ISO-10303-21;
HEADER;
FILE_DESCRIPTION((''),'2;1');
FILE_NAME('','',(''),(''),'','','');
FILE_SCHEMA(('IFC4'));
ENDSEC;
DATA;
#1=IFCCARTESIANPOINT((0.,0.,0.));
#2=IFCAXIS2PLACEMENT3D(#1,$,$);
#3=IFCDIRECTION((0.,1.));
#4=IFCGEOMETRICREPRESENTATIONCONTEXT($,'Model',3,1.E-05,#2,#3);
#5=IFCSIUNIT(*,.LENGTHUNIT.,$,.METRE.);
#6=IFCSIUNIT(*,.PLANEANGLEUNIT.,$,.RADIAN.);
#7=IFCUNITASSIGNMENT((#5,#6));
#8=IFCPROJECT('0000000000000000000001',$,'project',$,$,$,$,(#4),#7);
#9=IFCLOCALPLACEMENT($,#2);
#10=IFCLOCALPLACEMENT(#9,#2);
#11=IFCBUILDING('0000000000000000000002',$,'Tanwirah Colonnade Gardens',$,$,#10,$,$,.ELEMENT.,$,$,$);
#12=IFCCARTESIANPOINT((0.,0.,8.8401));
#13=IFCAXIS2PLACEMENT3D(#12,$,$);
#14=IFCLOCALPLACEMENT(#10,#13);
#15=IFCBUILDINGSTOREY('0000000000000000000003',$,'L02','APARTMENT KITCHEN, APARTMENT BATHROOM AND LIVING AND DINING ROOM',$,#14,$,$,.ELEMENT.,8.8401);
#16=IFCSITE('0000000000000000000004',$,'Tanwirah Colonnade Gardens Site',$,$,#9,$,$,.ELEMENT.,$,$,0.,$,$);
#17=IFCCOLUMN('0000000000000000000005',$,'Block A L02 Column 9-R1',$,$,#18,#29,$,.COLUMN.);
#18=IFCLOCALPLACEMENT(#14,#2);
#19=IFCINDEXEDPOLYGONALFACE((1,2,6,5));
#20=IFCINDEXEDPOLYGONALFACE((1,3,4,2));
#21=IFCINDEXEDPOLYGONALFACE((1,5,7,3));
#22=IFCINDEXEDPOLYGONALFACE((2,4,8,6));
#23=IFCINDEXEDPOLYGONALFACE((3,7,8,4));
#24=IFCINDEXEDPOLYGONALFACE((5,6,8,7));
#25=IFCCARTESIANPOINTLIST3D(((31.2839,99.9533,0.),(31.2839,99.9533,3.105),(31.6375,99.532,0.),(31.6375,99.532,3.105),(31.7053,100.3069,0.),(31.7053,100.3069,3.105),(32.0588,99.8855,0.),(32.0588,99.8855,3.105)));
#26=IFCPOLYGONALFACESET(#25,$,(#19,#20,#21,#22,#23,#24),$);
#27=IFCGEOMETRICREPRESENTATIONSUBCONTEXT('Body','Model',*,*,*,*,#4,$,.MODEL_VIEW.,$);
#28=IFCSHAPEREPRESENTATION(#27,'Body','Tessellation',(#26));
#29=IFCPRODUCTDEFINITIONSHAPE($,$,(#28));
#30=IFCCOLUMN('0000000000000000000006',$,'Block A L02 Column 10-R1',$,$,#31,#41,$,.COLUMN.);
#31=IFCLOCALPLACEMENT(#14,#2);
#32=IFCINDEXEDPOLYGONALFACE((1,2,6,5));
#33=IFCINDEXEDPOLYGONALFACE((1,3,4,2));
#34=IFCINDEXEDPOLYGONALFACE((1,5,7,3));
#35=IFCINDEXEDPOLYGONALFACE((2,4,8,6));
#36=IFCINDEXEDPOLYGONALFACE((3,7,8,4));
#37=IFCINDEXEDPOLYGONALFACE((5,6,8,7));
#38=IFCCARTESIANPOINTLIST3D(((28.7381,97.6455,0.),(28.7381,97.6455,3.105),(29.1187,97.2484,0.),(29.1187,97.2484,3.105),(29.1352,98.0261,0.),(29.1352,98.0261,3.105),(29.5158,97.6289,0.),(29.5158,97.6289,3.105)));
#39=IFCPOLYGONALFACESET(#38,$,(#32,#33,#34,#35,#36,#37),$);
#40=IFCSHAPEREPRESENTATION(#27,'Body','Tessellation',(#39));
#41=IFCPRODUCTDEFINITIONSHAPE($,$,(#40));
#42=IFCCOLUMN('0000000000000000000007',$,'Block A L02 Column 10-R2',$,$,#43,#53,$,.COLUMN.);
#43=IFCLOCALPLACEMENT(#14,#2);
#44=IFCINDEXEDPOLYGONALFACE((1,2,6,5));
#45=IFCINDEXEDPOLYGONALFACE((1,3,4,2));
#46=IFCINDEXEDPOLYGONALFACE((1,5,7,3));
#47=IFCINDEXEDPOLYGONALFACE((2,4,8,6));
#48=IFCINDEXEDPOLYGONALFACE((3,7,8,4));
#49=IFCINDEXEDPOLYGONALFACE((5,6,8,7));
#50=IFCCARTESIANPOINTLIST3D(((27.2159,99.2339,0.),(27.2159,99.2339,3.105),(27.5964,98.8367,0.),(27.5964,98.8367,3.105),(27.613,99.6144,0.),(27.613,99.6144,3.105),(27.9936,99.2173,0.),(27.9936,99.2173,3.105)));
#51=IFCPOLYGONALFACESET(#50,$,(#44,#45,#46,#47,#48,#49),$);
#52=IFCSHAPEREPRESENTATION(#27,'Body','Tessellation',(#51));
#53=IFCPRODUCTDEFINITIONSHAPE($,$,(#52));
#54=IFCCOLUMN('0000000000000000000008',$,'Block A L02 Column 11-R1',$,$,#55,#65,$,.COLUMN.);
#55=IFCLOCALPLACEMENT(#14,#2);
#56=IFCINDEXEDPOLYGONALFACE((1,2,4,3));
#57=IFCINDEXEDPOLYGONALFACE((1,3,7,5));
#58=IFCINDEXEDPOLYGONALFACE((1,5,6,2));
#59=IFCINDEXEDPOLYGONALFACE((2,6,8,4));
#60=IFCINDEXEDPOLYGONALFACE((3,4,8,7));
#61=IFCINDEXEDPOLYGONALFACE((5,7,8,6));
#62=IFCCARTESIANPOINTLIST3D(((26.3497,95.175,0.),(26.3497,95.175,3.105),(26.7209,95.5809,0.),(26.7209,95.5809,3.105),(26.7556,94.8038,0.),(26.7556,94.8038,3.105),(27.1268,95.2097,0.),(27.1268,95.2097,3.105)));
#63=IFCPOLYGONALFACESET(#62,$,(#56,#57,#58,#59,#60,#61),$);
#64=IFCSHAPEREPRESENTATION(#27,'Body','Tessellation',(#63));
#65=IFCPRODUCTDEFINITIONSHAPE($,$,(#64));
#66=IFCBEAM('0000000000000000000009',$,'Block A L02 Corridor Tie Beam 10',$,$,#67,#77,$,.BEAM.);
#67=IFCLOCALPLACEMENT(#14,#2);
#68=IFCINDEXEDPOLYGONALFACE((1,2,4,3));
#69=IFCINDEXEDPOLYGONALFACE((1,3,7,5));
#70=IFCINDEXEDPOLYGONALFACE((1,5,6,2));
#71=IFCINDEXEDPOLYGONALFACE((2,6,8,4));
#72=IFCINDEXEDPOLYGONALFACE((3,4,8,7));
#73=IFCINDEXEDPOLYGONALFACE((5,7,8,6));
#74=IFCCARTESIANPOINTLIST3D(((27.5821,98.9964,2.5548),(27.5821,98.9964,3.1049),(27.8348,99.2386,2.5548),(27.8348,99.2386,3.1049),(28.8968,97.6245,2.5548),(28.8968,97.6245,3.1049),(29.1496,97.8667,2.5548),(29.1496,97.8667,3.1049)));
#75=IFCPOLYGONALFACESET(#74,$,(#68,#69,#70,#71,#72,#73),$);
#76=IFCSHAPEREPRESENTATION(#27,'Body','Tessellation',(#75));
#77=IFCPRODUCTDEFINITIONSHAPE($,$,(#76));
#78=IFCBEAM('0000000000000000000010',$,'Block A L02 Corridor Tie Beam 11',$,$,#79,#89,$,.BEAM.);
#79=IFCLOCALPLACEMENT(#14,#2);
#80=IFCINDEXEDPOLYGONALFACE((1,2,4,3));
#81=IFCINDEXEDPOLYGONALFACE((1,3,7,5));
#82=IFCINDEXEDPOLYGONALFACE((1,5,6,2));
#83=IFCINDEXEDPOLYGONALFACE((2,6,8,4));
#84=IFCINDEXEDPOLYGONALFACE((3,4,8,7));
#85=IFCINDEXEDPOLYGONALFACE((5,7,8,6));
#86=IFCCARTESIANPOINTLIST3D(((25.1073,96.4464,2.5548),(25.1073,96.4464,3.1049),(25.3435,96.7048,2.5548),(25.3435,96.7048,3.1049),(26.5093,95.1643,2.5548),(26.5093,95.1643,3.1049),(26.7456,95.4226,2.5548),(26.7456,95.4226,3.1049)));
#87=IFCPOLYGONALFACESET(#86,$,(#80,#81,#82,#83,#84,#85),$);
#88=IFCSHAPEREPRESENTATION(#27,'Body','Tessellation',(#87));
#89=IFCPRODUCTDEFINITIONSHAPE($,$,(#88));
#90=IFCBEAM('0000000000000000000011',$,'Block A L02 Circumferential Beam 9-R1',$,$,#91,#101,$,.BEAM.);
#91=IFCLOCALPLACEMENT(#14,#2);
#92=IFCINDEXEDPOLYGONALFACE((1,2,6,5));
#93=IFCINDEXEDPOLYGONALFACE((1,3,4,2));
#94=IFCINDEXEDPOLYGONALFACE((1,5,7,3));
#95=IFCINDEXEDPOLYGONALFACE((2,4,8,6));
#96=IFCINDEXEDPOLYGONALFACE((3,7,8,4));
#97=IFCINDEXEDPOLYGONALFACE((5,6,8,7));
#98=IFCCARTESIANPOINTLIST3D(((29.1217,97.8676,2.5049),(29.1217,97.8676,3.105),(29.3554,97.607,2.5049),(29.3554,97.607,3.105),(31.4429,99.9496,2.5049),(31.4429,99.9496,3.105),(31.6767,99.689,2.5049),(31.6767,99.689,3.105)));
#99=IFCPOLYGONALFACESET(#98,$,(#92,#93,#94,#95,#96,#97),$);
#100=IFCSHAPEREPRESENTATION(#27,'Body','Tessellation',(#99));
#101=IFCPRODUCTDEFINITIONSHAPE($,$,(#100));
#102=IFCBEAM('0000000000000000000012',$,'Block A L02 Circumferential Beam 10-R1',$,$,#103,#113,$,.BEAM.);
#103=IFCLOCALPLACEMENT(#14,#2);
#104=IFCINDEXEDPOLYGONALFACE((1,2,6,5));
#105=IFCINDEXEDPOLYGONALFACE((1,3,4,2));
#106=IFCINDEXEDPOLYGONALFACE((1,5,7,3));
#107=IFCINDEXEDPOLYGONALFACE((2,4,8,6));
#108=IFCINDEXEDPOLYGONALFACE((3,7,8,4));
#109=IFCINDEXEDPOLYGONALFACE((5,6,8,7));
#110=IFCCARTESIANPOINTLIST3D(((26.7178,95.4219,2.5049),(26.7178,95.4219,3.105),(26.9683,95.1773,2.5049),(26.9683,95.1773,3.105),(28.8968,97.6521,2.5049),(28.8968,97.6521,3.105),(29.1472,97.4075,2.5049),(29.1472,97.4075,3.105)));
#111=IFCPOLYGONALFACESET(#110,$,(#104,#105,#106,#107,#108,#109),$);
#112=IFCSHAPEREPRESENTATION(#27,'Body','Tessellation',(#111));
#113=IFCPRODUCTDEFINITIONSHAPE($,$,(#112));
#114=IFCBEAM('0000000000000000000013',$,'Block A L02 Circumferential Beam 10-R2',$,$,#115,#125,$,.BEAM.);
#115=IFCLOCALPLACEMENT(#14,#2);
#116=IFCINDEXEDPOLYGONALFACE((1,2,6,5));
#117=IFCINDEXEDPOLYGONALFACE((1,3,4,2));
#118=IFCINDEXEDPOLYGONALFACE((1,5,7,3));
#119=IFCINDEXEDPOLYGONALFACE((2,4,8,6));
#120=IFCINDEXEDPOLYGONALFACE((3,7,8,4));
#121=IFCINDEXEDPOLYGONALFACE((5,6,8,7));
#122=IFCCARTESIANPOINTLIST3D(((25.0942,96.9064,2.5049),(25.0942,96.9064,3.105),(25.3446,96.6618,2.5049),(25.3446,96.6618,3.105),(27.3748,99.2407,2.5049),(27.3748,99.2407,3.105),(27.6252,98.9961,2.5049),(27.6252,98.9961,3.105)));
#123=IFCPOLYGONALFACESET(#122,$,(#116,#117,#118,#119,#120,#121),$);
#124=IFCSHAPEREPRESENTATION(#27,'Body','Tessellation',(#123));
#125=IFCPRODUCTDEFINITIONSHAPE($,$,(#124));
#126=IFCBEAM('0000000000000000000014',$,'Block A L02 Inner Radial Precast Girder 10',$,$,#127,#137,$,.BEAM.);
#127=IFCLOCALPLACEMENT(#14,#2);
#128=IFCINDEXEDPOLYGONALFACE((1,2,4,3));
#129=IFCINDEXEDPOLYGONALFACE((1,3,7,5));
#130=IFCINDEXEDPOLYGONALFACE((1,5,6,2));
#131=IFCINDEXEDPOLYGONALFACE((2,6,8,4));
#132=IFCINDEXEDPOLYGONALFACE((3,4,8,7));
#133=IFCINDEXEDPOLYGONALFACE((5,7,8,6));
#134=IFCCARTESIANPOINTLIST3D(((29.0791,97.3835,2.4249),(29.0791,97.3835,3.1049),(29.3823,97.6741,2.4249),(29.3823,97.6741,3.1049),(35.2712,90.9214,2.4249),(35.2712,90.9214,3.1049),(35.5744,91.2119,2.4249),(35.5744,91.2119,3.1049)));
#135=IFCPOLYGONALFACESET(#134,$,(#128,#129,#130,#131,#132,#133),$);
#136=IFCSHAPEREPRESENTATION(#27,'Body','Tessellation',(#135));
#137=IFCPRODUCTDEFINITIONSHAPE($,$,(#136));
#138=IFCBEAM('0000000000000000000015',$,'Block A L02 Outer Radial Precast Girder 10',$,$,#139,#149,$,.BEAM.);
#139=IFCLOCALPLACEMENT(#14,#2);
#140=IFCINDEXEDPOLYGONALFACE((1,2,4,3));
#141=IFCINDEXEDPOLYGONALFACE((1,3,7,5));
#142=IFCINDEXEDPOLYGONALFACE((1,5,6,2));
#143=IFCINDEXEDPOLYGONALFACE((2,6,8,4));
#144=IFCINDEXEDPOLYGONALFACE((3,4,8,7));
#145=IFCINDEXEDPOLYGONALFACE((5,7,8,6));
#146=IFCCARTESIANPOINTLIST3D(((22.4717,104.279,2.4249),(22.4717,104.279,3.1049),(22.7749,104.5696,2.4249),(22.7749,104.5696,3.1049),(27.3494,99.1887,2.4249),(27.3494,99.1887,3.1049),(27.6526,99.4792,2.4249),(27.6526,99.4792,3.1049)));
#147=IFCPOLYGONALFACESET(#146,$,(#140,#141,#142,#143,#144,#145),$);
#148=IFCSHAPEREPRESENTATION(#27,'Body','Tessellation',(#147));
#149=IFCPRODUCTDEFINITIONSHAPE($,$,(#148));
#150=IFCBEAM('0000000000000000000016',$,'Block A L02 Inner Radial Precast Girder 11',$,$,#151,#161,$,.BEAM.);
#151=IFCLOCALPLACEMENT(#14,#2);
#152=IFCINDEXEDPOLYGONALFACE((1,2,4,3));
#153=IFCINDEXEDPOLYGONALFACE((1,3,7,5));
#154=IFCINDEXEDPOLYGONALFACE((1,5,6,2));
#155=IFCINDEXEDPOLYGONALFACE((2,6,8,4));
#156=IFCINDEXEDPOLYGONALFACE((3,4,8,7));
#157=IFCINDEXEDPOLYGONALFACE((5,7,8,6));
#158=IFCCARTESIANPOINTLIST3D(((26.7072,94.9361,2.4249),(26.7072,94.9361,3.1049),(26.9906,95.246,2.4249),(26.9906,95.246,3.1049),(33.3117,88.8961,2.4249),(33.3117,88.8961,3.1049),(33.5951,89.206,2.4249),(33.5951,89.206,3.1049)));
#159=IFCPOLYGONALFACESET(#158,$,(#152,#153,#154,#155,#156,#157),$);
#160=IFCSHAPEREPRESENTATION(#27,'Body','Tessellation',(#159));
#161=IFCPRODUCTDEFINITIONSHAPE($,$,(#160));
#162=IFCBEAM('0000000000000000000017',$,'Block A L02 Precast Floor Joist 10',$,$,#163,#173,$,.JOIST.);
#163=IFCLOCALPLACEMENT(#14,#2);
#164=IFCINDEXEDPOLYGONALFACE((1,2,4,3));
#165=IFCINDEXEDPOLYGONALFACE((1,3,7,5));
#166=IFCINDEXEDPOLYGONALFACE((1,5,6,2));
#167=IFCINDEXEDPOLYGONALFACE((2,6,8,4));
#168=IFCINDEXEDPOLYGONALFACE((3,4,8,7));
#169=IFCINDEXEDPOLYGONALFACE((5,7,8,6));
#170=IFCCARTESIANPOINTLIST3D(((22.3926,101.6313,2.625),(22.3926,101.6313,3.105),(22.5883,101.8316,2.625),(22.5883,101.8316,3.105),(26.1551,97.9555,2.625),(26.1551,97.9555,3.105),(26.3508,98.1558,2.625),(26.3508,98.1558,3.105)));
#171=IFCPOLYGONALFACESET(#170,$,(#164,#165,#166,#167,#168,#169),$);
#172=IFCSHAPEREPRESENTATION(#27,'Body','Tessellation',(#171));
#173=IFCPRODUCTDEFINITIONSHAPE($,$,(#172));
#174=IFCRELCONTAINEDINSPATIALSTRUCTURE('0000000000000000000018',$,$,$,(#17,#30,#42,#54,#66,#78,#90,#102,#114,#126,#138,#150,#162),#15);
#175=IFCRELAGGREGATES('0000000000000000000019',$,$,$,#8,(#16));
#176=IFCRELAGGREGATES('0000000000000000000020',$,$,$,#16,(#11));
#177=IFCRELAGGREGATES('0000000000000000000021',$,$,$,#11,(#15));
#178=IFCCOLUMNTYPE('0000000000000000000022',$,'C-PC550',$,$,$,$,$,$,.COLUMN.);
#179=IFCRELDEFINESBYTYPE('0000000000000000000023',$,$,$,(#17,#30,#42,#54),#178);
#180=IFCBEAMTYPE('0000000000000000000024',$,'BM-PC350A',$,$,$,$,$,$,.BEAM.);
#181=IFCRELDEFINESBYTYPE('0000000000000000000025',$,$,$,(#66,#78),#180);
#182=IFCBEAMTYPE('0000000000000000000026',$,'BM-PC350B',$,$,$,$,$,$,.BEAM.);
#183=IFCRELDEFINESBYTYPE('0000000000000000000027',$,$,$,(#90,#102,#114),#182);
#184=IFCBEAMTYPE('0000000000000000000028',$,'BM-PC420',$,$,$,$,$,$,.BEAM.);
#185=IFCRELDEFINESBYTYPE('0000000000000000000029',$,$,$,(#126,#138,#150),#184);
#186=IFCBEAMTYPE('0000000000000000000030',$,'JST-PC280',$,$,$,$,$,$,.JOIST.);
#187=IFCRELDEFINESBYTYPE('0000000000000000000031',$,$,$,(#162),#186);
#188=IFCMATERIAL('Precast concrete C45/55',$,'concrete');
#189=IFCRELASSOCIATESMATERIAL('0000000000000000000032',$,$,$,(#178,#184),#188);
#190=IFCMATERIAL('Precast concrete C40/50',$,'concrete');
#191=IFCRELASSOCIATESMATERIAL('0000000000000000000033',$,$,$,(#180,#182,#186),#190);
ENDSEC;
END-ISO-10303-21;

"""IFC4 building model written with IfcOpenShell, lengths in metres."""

from ifc_helpers import new_model, si_unit, direction, frame, origin, origin_2d, place, context, subcontext, project, spatial, rectangle, extrude, material, material_profile, profile_set, type_object, element, save


model = new_model("IFC4")

# Units and contexts
model_context = context("Model", 3, precision=1e-05, world=origin(), true_north=direction((0.0, 1.0)))
body_context = subcontext(model_context, "Body", "Model", "MODEL_VIEW")
ifc_project = project(units=[si_unit("LENGTHUNIT", "METRE"), si_unit("PLANEANGLEUNIT", "RADIAN")], contexts=[model_context])

# Site, building, storey
site_placement = place(None, origin())
site = spatial("IfcSite", under=ifc_project, at=site_placement, Name="Tanwirah Colonnade Gardens Site", CompositionType="ELEMENT", RefElevation=0.0)
building_placement = place(site_placement, origin())
building = spatial("IfcBuilding", under=site, at=building_placement, Name="Tanwirah Colonnade Gardens", CompositionType="ELEMENT")
storey_placement = place(building_placement, frame((0.0, 0.0, 8.8401)))
storey = spatial("IfcBuildingStorey", under=building, at=storey_placement, Name="L02", Description="APARTMENT KITCHEN, APARTMENT BATHROOM AND LIVING AND DINING ROOM", CompositionType="ELEMENT", Elevation=8.8401)

# Columns
ifc_material_1 = material(Name="Precast concrete C45/55", Category="concrete")
ifc_material_profile_1 = material_profile(ifc_material_1, rectangle(XDim=0.55, YDim=0.55, at=origin_2d()), Name="PC-COL 550x550")
ifc_profile_set_1 = profile_set([ifc_material_profile_1], Name="Precast concrete C45/55")
column_type = type_object("IfcColumnType", Name="C-PC550", PredefinedType="COLUMN", material=ifc_profile_set_1)
for number, where, z_axis, x_axis, name in (
    (1, (31.6714, 99.9194, 0.0), (0.0, 0.0, 1.0), (-0.642788, 0.766044, 0.0), "Block A L02 Column 9-R1"),
    (2, (29.127, 97.6372, 0.0), (0.0, 0.0, 1.0), (-0.691863, 0.722029, 0.0), "Block A L02 Column 10-R1"),
    (3, (27.6047, 99.2256, 0.0), (0.0, 0.0, 1.0), (-0.691863, 0.722029, 0.0), "Block A L02 Column 10-R2"),
    (4, (26.7383, 95.1924, 0.0), (0.0, 0.0, 1.0), (-0.737932, 0.674875, 0.0), "Block A L02 Column 11-R1"),
):
    element("IfcColumn", number, at=place(storey_placement, frame(where, z_axis=z_axis, x_axis=x_axis)), inside=storey, type_object=column_type, Name=name, PredefinedType="COLUMN", context=body_context, shape_type="SweptSolid", body=[
        extrude(rectangle(XDim=0.55, YDim=0.55, at=origin_2d()), origin(), (0.0, 0.0, 1.0), 3.105),
    ])

# Beams
ifc_material_2 = material(Name="Precast concrete C40/50", Category="concrete")
ifc_material_profile_2 = material_profile(ifc_material_2, rectangle(XDim=0.3501, YDim=0.55, at=origin_2d()), Name="PC-BM 350x550")
ifc_profile_set_2 = profile_set([ifc_material_profile_2], Name="Precast concrete C40/50")
beam_type_1 = type_object("IfcBeamType", Name="BM-PC350A", PredefinedType="BEAM", material=ifc_profile_set_2)
beam_1_placement = place(storey_placement, frame((29.0232, 97.7456, 2.8298), z_axis=(-0.691914, 0.72198, 0.0), x_axis=(-0.72198, -0.691914, 0.0)))
element("IfcBeam", 5, at=beam_1_placement, inside=storey, type_object=beam_type_1, Name="Block A L02 Corridor Tie Beam 10", PredefinedType="BEAM", context=body_context, shape_type="SweptSolid", body=[
    extrude(rectangle(XDim=0.3501, YDim=0.55, at=origin_2d()), origin(), (0.0, 0.0, 1.0), 1.9001),
])
beam_2_placement = place(storey_placement, frame((26.6274, 95.2935, 2.8298), z_axis=(-0.737948, 0.674857, 0.0), x_axis=(-0.674857, -0.737948, 0.0)))
element("IfcBeam", 6, at=beam_2_placement, inside=storey, type_object=beam_type_1, Name="Block A L02 Corridor Tie Beam 11", PredefinedType="BEAM", context=body_context, shape_type="SweptSolid", body=[
    extrude(rectangle(XDim=0.3501, YDim=0.55, at=origin_2d()), origin(), (0.0, 0.0, 1.0), 1.8999),
])
ifc_material_profile_3 = material_profile(ifc_material_2, rectangle(XDim=0.3501, YDim=0.6001, at=origin_2d()), Name="PC-BM 350x600")
ifc_profile_set_3 = profile_set([ifc_material_profile_3], Name="Precast concrete C40/50")
beam_type_2 = type_object("IfcBeamType", Name="BM-PC350B", PredefinedType="BEAM", material=ifc_profile_set_3)
beam_3_placement = place(storey_placement, frame((31.5598, 99.8193, 2.8049), z_axis=(-0.74443, -0.667701, 0.0), x_axis=(0.667701, -0.74443, 0.0)))
element("IfcBeam", 7, at=beam_3_placement, inside=storey, type_object=beam_type_2, Name="Block A L02 Circumferential Beam 9-R1", PredefinedType="BEAM", context=body_context, shape_type="SweptSolid", body=[
    extrude(rectangle(XDim=0.3501, YDim=0.6001, at=origin_2d()), origin(), (0.0, 0.0, 1.0), 3.1182),
])
beam_4_placement = place(storey_placement, frame((29.022, 97.5298, 2.8049), z_axis=(-0.698837, -0.715281, 0.0), x_axis=(0.715281, -0.698837, 0.0)))
element("IfcBeam", 8, at=beam_4_placement, inside=storey, type_object=beam_type_2, Name="Block A L02 Circumferential Beam 10-R1", PredefinedType="BEAM", context=body_context, shape_type="SweptSolid", body=[
    extrude(rectangle(XDim=0.3501, YDim=0.6001, at=origin_2d()), origin(), (0.0, 0.0, 1.0), 3.1179),
])
beam_5_placement = place(storey_placement, frame((27.5, 99.1184, 2.8049), z_axis=(-0.698829, -0.715288, 0.0), x_axis=(0.715288, -0.698829, 0.0)))
element("IfcBeam", 9, at=beam_5_placement, inside=storey, type_object=beam_type_2, Name="Block A L02 Circumferential Beam 10-R2", PredefinedType="BEAM", context=body_context, shape_type="SweptSolid", body=[
    extrude(rectangle(XDim=0.3501, YDim=0.6001, at=origin_2d()), origin(), (0.0, 0.0, 1.0), 3.2634),
])
ifc_material_profile_4 = material_profile(ifc_material_1, rectangle(XDim=0.4199, YDim=0.6799, at=origin_2d()), Name="PC-BM 420x680")
ifc_profile_set_4 = profile_set([ifc_material_profile_4], Name="Precast concrete C45/55")
beam_type_3 = type_object("IfcBeamType", Name="BM-PC420", PredefinedType="BEAM", material=ifc_profile_set_4)
beam_6_placement = place(storey_placement, frame((29.2307, 97.5288, 2.7649), z_axis=(0.691861, -0.722031, 0.0), x_axis=(0.722031, 0.691861, 0.0)))
element("IfcBeam", 10, at=beam_6_placement, inside=storey, type_object=beam_type_3, Name="Block A L02 Inner Radial Precast Girder 10", PredefinedType="BEAM", context=body_context, shape_type="SweptSolid", body=[
    extrude(rectangle(XDim=0.4199, YDim=0.6799, at=origin_2d()), origin(), (0.0, 0.0, 1.0), 8.95),
])
beam_7_placement = place(storey_placement, frame((27.501, 99.334, 2.7649), z_axis=(-0.691865, 0.722027, 0.0), x_axis=(-0.722027, -0.691865, 0.0)))
element("IfcBeam", 11, at=beam_7_placement, inside=storey, type_object=beam_type_3, Name="Block A L02 Outer Radial Precast Girder 10", PredefinedType="BEAM", context=body_context, shape_type="SweptSolid", body=[
    extrude(rectangle(XDim=0.4199, YDim=0.6799, at=origin_2d()), origin(), (0.0, 0.0, 1.0), 7.05),
])
beam_8_placement = place(storey_placement, frame((26.8489, 95.0911, 2.7649), z_axis=(0.737937, -0.674869, 0.0), x_axis=(0.674869, 0.737937, 0.0)))
element("IfcBeam", 12, at=beam_8_placement, inside=storey, type_object=beam_type_3, Name="Block A L02 Inner Radial Precast Girder 11", PredefinedType="BEAM", context=body_context, shape_type="SweptSolid", body=[
    extrude(rectangle(XDim=0.4199, YDim=0.6799, at=origin_2d()), origin(), (0.0, 0.0, 1.0), 8.95),
])
ifc_material_profile_5 = material_profile(ifc_material_2, rectangle(XDim=0.28, YDim=0.48, at=origin_2d()), Name="PC-JST 280x480")
ifc_profile_set_5 = profile_set([ifc_material_profile_5], Name="Precast concrete C40/50")
beam_type_4 = type_object("IfcBeamType", Name="JST-PC280", PredefinedType="JOIST", material=ifc_profile_set_5)
beam_9_placement = place(storey_placement, frame((26.2529, 98.0557, 2.865), z_axis=(-0.715297, 0.69882, 0.0), x_axis=(-0.69882, -0.715297, 0.0)))
element("IfcBeam", 13, at=beam_9_placement, inside=storey, type_object=beam_type_4, Name="Block A L02 Precast Floor Joist 10", PredefinedType="JOIST", context=body_context, shape_type="SweptSolid", body=[
    extrude(rectangle(XDim=0.28, YDim=0.48, at=origin_2d()), origin(), (0.0, 0.0, 1.0), 5.26),
])

save(model, "model.ifc")
